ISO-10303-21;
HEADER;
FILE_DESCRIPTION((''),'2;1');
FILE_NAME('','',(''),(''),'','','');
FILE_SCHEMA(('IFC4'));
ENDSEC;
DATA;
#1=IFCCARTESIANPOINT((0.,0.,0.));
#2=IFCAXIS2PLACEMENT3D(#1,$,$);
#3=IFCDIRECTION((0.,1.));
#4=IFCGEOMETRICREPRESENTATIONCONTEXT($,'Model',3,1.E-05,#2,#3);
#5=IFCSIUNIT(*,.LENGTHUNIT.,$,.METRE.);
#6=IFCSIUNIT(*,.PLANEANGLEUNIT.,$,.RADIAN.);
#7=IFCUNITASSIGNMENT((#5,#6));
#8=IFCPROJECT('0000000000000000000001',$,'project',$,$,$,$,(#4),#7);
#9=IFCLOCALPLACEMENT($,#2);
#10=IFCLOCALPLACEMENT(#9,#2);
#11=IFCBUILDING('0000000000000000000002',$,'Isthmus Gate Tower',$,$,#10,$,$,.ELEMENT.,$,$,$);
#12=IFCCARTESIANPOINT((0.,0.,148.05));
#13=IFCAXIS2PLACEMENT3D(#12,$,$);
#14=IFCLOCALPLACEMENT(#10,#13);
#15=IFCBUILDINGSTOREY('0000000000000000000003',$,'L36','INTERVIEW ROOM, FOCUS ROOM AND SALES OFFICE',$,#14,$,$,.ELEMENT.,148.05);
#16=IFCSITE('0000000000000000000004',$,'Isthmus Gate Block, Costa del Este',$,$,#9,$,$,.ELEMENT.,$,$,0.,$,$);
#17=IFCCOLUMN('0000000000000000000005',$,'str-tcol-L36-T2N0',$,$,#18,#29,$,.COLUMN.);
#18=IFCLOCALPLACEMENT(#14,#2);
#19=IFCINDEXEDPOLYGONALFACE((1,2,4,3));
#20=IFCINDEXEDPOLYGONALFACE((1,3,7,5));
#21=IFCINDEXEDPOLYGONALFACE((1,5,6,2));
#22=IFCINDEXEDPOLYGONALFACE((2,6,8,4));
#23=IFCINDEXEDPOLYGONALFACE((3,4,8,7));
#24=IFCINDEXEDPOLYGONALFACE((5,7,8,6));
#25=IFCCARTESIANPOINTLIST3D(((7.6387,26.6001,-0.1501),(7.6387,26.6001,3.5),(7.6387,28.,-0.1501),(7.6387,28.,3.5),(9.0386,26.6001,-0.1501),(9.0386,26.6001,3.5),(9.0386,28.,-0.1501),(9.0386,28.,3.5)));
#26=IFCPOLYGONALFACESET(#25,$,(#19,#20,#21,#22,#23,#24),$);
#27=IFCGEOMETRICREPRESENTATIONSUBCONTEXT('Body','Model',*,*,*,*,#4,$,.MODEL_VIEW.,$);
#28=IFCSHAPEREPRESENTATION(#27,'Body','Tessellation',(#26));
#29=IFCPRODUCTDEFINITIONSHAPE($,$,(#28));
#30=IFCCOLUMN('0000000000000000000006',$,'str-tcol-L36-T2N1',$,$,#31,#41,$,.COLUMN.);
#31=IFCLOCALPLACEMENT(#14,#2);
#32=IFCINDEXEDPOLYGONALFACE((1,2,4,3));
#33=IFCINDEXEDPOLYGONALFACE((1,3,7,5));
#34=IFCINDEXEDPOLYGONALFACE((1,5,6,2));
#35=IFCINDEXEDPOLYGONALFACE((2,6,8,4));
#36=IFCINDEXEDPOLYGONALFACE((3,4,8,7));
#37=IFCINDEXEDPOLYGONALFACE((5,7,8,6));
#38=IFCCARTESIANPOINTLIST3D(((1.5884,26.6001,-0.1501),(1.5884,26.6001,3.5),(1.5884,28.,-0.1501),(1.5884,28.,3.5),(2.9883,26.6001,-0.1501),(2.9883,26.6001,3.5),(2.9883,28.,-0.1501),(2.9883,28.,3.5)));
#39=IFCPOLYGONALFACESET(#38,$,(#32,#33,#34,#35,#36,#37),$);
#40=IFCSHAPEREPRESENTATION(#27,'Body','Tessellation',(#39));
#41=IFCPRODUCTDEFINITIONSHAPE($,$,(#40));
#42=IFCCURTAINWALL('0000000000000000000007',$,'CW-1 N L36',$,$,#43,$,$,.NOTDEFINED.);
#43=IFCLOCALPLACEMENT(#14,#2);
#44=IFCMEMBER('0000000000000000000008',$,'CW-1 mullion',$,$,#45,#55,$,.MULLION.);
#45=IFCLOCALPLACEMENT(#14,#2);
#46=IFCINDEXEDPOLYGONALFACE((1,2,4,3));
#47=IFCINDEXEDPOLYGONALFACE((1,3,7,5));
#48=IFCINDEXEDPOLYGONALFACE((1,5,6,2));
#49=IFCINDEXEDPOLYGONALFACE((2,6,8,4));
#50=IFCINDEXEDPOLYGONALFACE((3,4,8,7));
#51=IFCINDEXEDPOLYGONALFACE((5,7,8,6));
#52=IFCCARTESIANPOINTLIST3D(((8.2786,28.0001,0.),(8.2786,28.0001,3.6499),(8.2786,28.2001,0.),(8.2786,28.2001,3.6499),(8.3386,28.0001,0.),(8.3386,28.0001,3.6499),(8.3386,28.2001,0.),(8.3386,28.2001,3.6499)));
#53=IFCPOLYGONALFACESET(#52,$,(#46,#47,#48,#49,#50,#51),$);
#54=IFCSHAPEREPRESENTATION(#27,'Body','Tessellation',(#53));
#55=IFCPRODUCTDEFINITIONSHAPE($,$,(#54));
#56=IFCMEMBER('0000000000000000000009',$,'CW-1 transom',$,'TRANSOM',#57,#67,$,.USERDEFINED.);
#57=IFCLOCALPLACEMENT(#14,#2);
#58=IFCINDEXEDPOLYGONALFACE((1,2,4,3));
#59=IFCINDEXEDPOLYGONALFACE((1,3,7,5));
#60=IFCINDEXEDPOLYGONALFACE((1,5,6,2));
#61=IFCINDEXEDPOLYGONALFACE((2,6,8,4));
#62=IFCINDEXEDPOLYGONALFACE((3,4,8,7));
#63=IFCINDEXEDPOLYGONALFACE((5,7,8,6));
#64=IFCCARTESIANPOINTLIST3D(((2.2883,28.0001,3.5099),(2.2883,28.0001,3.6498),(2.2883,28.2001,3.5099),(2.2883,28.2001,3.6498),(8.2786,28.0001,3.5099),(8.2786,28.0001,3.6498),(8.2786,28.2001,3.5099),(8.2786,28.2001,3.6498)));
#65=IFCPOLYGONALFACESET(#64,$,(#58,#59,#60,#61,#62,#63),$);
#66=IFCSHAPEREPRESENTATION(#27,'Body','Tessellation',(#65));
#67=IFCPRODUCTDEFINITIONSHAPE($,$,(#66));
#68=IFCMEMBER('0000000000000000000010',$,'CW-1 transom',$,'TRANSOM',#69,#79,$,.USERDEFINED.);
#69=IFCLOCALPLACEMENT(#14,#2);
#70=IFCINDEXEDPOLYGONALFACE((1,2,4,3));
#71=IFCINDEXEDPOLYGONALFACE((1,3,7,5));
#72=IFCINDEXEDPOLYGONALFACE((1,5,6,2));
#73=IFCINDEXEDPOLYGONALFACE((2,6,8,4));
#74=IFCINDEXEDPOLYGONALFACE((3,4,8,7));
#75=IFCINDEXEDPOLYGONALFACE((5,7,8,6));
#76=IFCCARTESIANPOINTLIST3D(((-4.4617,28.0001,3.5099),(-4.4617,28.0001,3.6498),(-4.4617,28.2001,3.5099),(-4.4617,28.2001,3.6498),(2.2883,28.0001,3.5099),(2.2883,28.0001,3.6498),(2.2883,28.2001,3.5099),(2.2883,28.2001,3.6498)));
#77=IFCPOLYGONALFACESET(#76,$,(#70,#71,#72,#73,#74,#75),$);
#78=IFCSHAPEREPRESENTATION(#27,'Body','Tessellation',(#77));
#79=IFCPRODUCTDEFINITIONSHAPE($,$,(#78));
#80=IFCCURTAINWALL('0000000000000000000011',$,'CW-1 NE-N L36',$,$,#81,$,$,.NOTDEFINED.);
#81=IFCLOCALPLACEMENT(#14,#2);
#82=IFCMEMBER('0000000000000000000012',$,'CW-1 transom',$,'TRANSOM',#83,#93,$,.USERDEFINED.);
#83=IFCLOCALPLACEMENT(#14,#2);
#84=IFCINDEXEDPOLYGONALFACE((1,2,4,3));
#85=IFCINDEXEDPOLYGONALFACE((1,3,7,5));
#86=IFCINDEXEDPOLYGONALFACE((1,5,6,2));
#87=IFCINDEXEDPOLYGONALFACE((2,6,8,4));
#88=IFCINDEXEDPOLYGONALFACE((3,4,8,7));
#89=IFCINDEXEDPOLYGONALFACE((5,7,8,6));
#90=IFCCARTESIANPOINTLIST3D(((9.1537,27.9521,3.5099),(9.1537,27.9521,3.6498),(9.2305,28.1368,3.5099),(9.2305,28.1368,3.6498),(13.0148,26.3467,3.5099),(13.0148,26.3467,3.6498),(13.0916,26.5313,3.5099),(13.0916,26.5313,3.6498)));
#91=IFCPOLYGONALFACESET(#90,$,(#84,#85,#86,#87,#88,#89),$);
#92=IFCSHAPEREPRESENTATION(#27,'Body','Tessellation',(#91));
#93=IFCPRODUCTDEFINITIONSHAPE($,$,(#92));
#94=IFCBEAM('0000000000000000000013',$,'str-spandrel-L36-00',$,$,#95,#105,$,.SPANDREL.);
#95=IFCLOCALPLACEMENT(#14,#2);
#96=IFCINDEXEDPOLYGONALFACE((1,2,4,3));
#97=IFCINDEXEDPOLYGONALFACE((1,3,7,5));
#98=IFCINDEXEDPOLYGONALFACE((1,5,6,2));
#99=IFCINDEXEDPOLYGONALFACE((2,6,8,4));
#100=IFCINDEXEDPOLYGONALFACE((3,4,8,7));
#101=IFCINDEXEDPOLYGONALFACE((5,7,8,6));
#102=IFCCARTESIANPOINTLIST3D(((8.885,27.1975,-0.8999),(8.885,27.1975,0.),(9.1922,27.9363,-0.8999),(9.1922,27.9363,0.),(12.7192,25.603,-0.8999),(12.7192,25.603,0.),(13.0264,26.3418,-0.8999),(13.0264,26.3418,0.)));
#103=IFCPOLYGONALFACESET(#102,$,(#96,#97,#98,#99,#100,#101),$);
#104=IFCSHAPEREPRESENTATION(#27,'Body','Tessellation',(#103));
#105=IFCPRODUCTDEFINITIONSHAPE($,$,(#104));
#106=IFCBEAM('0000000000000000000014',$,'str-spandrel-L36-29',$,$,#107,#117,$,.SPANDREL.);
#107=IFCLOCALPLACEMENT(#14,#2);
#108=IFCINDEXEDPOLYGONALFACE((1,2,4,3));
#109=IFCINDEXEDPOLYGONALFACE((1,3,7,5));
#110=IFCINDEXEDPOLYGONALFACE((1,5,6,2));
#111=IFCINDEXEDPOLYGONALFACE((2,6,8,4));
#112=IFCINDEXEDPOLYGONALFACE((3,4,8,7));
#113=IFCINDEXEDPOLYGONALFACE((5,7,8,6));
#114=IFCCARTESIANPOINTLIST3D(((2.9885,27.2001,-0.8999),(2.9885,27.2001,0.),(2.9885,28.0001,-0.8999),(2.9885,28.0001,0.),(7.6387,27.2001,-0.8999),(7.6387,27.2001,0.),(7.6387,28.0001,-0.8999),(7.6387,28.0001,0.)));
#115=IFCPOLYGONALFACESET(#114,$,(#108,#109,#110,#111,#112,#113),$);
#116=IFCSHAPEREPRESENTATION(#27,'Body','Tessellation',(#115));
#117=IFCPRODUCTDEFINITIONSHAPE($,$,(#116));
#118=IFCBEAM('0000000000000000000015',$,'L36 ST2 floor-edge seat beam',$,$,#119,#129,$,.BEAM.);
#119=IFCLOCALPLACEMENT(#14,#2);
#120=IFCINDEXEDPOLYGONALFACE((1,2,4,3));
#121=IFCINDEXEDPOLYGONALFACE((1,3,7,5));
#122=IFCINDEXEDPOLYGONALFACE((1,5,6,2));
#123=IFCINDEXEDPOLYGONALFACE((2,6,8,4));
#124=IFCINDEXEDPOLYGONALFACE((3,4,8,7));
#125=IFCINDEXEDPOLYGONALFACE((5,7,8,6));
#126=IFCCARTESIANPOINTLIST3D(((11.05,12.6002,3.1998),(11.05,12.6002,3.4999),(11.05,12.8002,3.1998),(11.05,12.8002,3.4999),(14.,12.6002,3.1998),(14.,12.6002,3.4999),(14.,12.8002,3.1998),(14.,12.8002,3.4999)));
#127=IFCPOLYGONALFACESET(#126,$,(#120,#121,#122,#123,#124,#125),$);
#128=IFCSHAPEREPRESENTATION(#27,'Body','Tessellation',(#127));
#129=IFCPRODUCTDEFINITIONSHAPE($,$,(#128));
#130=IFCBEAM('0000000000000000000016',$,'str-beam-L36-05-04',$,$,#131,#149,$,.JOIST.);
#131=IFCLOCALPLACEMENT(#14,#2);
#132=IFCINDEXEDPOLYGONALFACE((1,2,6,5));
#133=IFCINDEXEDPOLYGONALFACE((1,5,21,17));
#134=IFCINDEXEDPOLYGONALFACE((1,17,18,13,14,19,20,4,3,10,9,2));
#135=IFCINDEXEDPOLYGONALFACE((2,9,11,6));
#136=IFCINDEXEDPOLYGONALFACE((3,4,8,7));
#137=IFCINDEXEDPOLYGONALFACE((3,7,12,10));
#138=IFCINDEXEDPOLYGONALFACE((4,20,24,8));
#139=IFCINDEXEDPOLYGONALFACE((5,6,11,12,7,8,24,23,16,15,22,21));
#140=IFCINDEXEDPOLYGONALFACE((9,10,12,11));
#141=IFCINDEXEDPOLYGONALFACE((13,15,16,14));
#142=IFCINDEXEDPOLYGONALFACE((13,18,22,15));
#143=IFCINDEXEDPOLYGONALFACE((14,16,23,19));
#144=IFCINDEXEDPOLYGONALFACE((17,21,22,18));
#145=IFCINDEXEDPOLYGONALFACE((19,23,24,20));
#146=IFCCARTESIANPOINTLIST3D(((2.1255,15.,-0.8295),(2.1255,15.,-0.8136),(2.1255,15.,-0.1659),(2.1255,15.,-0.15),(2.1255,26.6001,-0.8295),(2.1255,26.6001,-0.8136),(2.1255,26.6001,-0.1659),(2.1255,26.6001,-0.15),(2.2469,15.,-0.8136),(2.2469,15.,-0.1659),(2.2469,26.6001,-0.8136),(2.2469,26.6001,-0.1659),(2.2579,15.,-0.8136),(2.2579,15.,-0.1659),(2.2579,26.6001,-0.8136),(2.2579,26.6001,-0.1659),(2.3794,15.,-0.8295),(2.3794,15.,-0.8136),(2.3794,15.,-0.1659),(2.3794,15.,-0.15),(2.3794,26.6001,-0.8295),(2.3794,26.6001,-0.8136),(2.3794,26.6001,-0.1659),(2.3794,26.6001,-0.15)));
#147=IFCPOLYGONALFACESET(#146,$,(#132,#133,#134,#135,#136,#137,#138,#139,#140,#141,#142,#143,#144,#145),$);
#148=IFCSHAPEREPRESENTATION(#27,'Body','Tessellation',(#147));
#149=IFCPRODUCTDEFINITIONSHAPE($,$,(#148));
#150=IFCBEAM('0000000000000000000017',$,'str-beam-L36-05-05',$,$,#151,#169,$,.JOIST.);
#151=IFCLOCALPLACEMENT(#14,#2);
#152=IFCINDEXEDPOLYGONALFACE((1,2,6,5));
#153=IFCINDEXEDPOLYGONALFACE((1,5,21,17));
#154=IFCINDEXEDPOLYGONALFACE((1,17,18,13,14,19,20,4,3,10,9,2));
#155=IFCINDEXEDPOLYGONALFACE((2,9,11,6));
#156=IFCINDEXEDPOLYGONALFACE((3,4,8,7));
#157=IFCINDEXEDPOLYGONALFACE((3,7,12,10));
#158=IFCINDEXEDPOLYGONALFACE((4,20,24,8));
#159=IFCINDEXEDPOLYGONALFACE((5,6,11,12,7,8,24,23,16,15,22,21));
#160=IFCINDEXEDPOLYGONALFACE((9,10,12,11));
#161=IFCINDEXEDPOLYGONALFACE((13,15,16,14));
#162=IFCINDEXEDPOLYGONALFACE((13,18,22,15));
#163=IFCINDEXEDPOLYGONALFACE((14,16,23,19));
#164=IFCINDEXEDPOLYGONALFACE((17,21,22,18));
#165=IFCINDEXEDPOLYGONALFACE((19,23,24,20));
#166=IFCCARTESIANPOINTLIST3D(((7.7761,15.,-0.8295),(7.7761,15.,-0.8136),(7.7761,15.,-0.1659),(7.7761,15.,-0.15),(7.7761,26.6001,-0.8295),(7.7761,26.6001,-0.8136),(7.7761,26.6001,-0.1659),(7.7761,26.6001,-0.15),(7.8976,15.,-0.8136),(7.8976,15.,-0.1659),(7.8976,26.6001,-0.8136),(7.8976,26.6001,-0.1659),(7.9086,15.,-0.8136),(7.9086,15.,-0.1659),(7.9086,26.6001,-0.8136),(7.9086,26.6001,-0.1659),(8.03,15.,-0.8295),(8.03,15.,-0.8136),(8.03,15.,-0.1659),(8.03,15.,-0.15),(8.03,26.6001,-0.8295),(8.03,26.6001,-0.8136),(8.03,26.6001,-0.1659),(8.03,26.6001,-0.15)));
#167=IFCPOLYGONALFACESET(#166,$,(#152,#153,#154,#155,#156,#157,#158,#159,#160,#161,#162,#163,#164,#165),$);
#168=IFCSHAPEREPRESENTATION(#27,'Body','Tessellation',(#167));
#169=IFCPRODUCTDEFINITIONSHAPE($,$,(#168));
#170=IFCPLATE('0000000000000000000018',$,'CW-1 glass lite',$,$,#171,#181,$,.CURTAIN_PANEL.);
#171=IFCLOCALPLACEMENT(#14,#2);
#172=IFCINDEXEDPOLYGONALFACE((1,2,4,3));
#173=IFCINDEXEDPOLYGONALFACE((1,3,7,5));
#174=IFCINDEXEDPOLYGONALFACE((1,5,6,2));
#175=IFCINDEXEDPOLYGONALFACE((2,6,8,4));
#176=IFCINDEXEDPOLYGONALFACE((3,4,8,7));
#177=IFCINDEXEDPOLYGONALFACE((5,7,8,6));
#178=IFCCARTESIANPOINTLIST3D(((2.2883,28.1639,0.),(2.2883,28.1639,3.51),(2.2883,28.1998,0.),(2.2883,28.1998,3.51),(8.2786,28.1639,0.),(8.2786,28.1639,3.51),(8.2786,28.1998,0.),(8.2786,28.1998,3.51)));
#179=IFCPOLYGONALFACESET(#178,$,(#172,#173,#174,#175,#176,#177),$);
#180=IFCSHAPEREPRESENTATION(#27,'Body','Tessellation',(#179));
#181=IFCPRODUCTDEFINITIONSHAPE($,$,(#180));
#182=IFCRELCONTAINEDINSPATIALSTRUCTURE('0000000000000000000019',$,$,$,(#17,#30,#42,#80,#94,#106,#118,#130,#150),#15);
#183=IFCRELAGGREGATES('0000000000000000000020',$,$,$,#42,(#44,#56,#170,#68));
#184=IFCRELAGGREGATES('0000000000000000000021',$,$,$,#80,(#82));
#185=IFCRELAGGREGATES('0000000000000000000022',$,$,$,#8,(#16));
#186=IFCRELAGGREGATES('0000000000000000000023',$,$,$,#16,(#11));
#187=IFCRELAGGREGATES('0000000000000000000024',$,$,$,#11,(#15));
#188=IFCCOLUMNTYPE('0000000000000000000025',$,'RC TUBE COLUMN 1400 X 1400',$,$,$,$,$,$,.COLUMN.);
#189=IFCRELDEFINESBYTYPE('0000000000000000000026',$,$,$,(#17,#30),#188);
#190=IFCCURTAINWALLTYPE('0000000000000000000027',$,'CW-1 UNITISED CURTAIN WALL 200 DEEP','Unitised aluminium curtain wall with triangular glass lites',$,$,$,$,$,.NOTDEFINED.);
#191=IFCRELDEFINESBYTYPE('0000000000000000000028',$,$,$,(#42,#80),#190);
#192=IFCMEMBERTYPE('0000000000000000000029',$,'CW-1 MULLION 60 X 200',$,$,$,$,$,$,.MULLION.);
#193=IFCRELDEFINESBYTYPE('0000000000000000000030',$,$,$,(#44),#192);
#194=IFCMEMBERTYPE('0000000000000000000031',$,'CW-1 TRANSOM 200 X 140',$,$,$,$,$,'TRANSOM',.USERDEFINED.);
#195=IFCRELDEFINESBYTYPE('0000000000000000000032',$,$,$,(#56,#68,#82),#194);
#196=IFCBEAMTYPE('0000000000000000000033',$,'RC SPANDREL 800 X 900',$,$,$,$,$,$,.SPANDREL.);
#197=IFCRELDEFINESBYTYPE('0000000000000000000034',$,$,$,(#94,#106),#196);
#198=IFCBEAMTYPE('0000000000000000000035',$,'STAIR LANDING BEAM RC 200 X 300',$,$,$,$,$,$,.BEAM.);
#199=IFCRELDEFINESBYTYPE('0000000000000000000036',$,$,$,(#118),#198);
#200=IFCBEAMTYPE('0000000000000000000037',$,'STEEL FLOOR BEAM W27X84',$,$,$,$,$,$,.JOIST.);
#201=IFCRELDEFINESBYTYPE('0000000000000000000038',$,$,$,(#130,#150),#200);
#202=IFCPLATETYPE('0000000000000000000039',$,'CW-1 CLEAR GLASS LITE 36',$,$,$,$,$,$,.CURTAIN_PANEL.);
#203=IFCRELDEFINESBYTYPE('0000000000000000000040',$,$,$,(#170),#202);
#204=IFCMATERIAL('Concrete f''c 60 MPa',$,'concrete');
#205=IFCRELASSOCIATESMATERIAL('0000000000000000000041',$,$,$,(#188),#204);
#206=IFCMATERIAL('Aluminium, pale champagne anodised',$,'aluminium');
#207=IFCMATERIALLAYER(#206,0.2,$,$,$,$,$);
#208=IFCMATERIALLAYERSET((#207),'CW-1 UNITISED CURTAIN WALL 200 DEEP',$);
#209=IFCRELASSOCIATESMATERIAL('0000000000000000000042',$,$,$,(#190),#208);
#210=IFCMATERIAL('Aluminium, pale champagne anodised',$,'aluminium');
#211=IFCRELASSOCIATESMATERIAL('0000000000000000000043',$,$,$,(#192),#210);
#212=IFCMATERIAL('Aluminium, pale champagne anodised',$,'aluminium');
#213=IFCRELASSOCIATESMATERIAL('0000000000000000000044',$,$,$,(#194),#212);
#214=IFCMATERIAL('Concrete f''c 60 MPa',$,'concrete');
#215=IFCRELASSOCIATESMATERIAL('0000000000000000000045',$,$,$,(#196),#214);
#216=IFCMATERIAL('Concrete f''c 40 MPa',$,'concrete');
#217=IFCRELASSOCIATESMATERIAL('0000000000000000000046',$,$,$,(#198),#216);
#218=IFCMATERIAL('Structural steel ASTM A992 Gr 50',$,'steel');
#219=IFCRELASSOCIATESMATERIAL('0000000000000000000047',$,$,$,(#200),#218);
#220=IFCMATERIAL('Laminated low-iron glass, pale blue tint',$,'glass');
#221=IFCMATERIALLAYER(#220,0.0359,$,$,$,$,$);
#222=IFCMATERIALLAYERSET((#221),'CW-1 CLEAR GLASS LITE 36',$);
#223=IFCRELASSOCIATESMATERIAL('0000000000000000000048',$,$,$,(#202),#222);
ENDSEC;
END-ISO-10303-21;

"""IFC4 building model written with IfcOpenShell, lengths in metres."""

from ifc_helpers import new_model, si_unit, direction, frame, origin, origin_2d, place, context, subcontext, project, spatial, rectangle, i_section, extrude, material, layer, layer_set, material_profile, profile_set, type_object, element, aggregate, save


model = new_model("IFC4")

# Units and contexts
model_context = context("Model", 3, precision=1e-05, world=origin(), true_north=direction((0.0, 1.0)))
body_context = subcontext(model_context, "Body", "Model", "MODEL_VIEW")
ifc_project = project(units=[si_unit("LENGTHUNIT", "METRE"), si_unit("PLANEANGLEUNIT", "RADIAN")], contexts=[model_context])

# Site, building, storey
site_placement = place(None, origin())
site = spatial("IfcSite", under=ifc_project, at=site_placement, Name="Isthmus Gate Block, Costa del Este", CompositionType="ELEMENT", RefElevation=0.0)
building_placement = place(site_placement, origin())
building = spatial("IfcBuilding", under=site, at=building_placement, Name="Isthmus Gate Tower", CompositionType="ELEMENT")
storey_placement = place(building_placement, frame((0.0, 0.0, 148.05)))
storey = spatial("IfcBuildingStorey", under=building, at=storey_placement, Name="L36", Description="INTERVIEW ROOM, FOCUS ROOM AND SALES OFFICE", CompositionType="ELEMENT", Elevation=148.05)

# Columns
ifc_material_1 = material(Name="Concrete f'c 60 MPa", Category="concrete")
ifc_material_profile_1 = material_profile(ifc_material_1, rectangle(XDim=1.3999, YDim=1.3999, at=origin_2d()), Name="RC 1400X1400")
ifc_profile_set_1 = profile_set([ifc_material_profile_1], Name="Concrete f'c 60 MPa")
column_type = type_object("IfcColumnType", Name="RC TUBE COLUMN 1400 X 1400", PredefinedType="COLUMN", material=ifc_profile_set_1)
for number, where, z_axis, x_axis, name in (
    (1, (8.3386, 27.3, -0.1501), (0.0, 0.0, 1.0), (-1.0, 0.0, 0.0), "str-tcol-L36-T2N0"),
    (2, (2.2883, 27.3, -0.1501), (0.0, 0.0, 1.0), (-1.0, 0.0, 0.0), "str-tcol-L36-T2N1"),
):
    element("IfcColumn", number, at=place(storey_placement, frame(where, z_axis=z_axis, x_axis=x_axis)), inside=storey, type_object=column_type, Name=name, PredefinedType="COLUMN", context=body_context, shape_type="SweptSolid", body=[
        extrude(rectangle(XDim=1.3999, YDim=1.3999, at=origin_2d()), origin(), (0.0, 0.0, 1.0), 3.6501),
    ])

# Curtain wall, members
ifc_material_2 = material(Name="Aluminium, pale champagne anodised", Category="aluminium")
ifc_layer_1 = layer(ifc_material_2, 0.2)
ifc_layer_set_1 = layer_set([ifc_layer_1], Name="CW-1 UNITISED CURTAIN WALL 200 DEEP")
curtain_wall_type = type_object("IfcCurtainWallType", Name="CW-1 UNITISED CURTAIN WALL 200 DEEP", Description="Unitised aluminium curtain wall with triangular glass lites", PredefinedType="NOTDEFINED", material=ifc_layer_set_1)
curtain_wall_1_placement = place(storey_placement, origin())
curtain_wall_1 = element("IfcCurtainWall", 3, at=curtain_wall_1_placement, inside=storey, type_object=curtain_wall_type, Name="CW-1 N L36", PredefinedType="NOTDEFINED")
ifc_material_3 = material(Name="Aluminium, pale champagne anodised", Category="aluminium")
ifc_material_profile_2 = material_profile(ifc_material_3, rectangle(XDim=0.0601, YDim=0.2, at=origin_2d()), Name="60x200")
ifc_profile_set_2 = profile_set([ifc_material_profile_2], Name="Aluminium, pale champagne anodised")
member_type_1 = type_object("IfcMemberType", Name="CW-1 MULLION 60 X 200", PredefinedType="MULLION", material=ifc_profile_set_2)
member_1_placement = place(storey_placement, frame((8.3086, 28.1001, 0.0), z_axis=(0.0, 0.0, 1.0), x_axis=(-1.0, 0.0, 0.0)))
member_1 = element("IfcMember", 4, at=member_1_placement, type_object=member_type_1, Name="CW-1 mullion", PredefinedType="MULLION", context=body_context, shape_type="SweptSolid", body=[
    extrude(rectangle(XDim=0.0601, YDim=0.2, at=origin_2d()), origin(), (0.0, 0.0, 1.0), 3.6499),
])
ifc_material_4 = material(Name="Aluminium, pale champagne anodised", Category="aluminium")
ifc_material_profile_3 = material_profile(ifc_material_4, rectangle(XDim=0.2, YDim=0.1399, at=origin_2d()), Name="200x140")
ifc_profile_set_3 = profile_set([ifc_material_profile_3], Name="Aluminium, pale champagne anodised")
member_type_2 = type_object("IfcMemberType", Name="CW-1 TRANSOM 200 X 140", ElementType="TRANSOM", PredefinedType="USERDEFINED", material=ifc_profile_set_3)
member_2_placement = place(storey_placement, frame((8.2786, 28.1001, 3.5798), z_axis=(-1.0, 0.0, 0.0), x_axis=(0.0, -1.0, 0.0)))
member_2 = element("IfcMember", 5, at=member_2_placement, type_object=member_type_2, Name="CW-1 transom", ObjectType="TRANSOM", PredefinedType="USERDEFINED", context=body_context, shape_type="SweptSolid", body=[
    extrude(rectangle(XDim=0.2, YDim=0.1399, at=origin_2d()), origin(), (0.0, 0.0, 1.0), 5.9902),
])
member_3_placement = place(storey_placement, frame((2.2883, 28.1001, 3.5798), z_axis=(-1.0, 0.0, 0.0), x_axis=(0.0, -1.0, 0.0)))
member_3 = element("IfcMember", 6, at=member_3_placement, type_object=member_type_2, Name="CW-1 transom", ObjectType="TRANSOM", PredefinedType="USERDEFINED", context=body_context, shape_type="SweptSolid", body=[
    extrude(rectangle(XDim=0.2, YDim=0.1399, at=origin_2d()), origin(), (0.0, 0.0, 1.0), 6.75),
])

# Curtain wall, member
curtain_wall_2_placement = place(storey_placement, origin())
curtain_wall_2 = element("IfcCurtainWall", 7, at=curtain_wall_2_placement, inside=storey, type_object=curtain_wall_type, Name="CW-1 NE-N L36", PredefinedType="NOTDEFINED")
member_4_placement = place(storey_placement, frame((13.0532, 26.439, 3.5798), z_axis=(-0.923358, 0.38394, 0.0), x_axis=(-0.38394, -0.923358, 0.0)))
member_4 = element("IfcMember", 8, at=member_4_placement, type_object=member_type_2, Name="CW-1 transom", ObjectType="TRANSOM", PredefinedType="USERDEFINED", context=body_context, shape_type="SweptSolid", body=[
    extrude(rectangle(XDim=0.2, YDim=0.1399, at=origin_2d()), origin(), (0.0, 0.0, 1.0), 4.1816),
])

# Beams
ifc_material_5 = material(Name="Concrete f'c 60 MPa", Category="concrete")
ifc_material_profile_4 = material_profile(ifc_material_5, rectangle(XDim=0.8, YDim=0.8999, at=origin_2d()), Name="RC 800X900")
ifc_profile_set_4 = profile_set([ifc_material_profile_4], Name="Concrete f'c 60 MPa")
beam_type_1 = type_object("IfcBeamType", Name="RC SPANDREL 800 X 900", PredefinedType="SPANDREL", material=ifc_profile_set_4)
beam_1_placement = place(storey_placement, frame((9.0386, 27.5669, -0.45), z_axis=(0.923343, -0.383977, 0.0), x_axis=(0.383977, 0.923343, 0.0)))
element("IfcBeam", 9, at=beam_1_placement, inside=storey, type_object=beam_type_1, Name="str-spandrel-L36-00", PredefinedType="SPANDREL", context=body_context, shape_type="SweptSolid", body=[
    extrude(rectangle(XDim=0.8, YDim=0.8999, at=origin_2d()), origin(), (0.0, 0.0, 1.0), 4.1526),
])
beam_2_placement = place(storey_placement, frame((2.9885, 27.6001, -0.45), z_axis=(1.0, 0.0, 0.0), x_axis=(0.0, 1.0, 0.0)))
element("IfcBeam", 10, at=beam_2_placement, inside=storey, type_object=beam_type_1, Name="str-spandrel-L36-29", PredefinedType="SPANDREL", context=body_context, shape_type="SweptSolid", body=[
    extrude(rectangle(XDim=0.8, YDim=0.8999, at=origin_2d()), origin(), (0.0, 0.0, 1.0), 4.6501),
])
ifc_material_6 = material(Name="Concrete f'c 40 MPa", Category="concrete")
ifc_material_profile_5 = material_profile(ifc_material_6, rectangle(XDim=0.2, YDim=0.3, at=origin_2d()), Name="STAIR LANDING BEAM RC 200 X 300")
ifc_profile_set_5 = profile_set([ifc_material_profile_5], Name="Concrete f'c 40 MPa")
beam_type_2 = type_object("IfcBeamType", Name="STAIR LANDING BEAM RC 200 X 300", PredefinedType="BEAM", material=ifc_profile_set_5)
beam_3_placement = place(storey_placement, frame((11.05, 12.7002, 3.3499), z_axis=(1.0, 0.0, 0.0), x_axis=(0.0, 1.0, 0.0)))
element("IfcBeam", 11, at=beam_3_placement, inside=storey, type_object=beam_type_2, Name="L36 ST2 floor-edge seat beam", PredefinedType="BEAM", context=body_context, shape_type="SweptSolid", body=[
    extrude(rectangle(XDim=0.2, YDim=0.3, at=origin_2d()), origin(), (0.0, 0.0, 1.0), 2.95),
])
ifc_material_7 = material(Name="Structural steel ASTM A992 Gr 50", Category="steel")
ifc_material_profile_6 = material_profile(ifc_material_7, i_section(OverallWidth=0.2539, OverallDepth=0.6794, WebThickness=0.011, FlangeThickness=0.0159, at=origin_2d()), Name="W27X84")
ifc_profile_set_6 = profile_set([ifc_material_profile_6], Name="Structural steel ASTM A992 Gr 50")
beam_type_3 = type_object("IfcBeamType", Name="STEEL FLOOR BEAM W27X84", PredefinedType="JOIST", material=ifc_profile_set_6)
for number, where, z_axis, x_axis, name in (
    (12, (2.2524, 15.0, -0.4897), (0.0, 1.0, 0.0), (-1.0, 0.0, 0.0), "str-beam-L36-05-04"),
    (13, (7.9031, 15.0, -0.4897), (0.0, 1.0, 0.0), (-1.0, 0.0, 0.0), "str-beam-L36-05-05"),
):
    element("IfcBeam", number, at=place(storey_placement, frame(where, z_axis=z_axis, x_axis=x_axis)), inside=storey, type_object=beam_type_3, Name=name, PredefinedType="JOIST", context=body_context, shape_type="SweptSolid", body=[
        extrude(i_section(OverallWidth=0.2539, OverallDepth=0.6794, WebThickness=0.011, FlangeThickness=0.0159, at=origin_2d()), origin(), (0.0, 0.0, 1.0), 11.6001),
    ])

# Plate
ifc_material_8 = material(Name="Laminated low-iron glass, pale blue tint", Category="glass")
ifc_layer_2 = layer(ifc_material_8, 0.0359)
ifc_layer_set_2 = layer_set([ifc_layer_2], Name="CW-1 CLEAR GLASS LITE 36")
plate_type = type_object("IfcPlateType", Name="CW-1 CLEAR GLASS LITE 36", PredefinedType="CURTAIN_PANEL", material=ifc_layer_set_2)
plate_1_placement = place(storey_placement, frame((5.2834, 28.1819, 0.0), z_axis=(0.0, 0.0, 1.0), x_axis=(-1.0, 0.0, 0.0)))
plate_1 = element("IfcPlate", 14, at=plate_1_placement, type_object=plate_type, Name="CW-1 glass lite", PredefinedType="CURTAIN_PANEL", context=body_context, shape_type="SweptSolid", body=[
    extrude(rectangle(XDim=5.9902, YDim=0.0359, at=origin_2d()), origin(), (0.0, 0.0, 1.0), 3.51),
])
aggregate(curtain_wall_1, [member_1, member_2, plate_1, member_3])
aggregate(curtain_wall_2, [member_4])

save(model, "model.ifc")
